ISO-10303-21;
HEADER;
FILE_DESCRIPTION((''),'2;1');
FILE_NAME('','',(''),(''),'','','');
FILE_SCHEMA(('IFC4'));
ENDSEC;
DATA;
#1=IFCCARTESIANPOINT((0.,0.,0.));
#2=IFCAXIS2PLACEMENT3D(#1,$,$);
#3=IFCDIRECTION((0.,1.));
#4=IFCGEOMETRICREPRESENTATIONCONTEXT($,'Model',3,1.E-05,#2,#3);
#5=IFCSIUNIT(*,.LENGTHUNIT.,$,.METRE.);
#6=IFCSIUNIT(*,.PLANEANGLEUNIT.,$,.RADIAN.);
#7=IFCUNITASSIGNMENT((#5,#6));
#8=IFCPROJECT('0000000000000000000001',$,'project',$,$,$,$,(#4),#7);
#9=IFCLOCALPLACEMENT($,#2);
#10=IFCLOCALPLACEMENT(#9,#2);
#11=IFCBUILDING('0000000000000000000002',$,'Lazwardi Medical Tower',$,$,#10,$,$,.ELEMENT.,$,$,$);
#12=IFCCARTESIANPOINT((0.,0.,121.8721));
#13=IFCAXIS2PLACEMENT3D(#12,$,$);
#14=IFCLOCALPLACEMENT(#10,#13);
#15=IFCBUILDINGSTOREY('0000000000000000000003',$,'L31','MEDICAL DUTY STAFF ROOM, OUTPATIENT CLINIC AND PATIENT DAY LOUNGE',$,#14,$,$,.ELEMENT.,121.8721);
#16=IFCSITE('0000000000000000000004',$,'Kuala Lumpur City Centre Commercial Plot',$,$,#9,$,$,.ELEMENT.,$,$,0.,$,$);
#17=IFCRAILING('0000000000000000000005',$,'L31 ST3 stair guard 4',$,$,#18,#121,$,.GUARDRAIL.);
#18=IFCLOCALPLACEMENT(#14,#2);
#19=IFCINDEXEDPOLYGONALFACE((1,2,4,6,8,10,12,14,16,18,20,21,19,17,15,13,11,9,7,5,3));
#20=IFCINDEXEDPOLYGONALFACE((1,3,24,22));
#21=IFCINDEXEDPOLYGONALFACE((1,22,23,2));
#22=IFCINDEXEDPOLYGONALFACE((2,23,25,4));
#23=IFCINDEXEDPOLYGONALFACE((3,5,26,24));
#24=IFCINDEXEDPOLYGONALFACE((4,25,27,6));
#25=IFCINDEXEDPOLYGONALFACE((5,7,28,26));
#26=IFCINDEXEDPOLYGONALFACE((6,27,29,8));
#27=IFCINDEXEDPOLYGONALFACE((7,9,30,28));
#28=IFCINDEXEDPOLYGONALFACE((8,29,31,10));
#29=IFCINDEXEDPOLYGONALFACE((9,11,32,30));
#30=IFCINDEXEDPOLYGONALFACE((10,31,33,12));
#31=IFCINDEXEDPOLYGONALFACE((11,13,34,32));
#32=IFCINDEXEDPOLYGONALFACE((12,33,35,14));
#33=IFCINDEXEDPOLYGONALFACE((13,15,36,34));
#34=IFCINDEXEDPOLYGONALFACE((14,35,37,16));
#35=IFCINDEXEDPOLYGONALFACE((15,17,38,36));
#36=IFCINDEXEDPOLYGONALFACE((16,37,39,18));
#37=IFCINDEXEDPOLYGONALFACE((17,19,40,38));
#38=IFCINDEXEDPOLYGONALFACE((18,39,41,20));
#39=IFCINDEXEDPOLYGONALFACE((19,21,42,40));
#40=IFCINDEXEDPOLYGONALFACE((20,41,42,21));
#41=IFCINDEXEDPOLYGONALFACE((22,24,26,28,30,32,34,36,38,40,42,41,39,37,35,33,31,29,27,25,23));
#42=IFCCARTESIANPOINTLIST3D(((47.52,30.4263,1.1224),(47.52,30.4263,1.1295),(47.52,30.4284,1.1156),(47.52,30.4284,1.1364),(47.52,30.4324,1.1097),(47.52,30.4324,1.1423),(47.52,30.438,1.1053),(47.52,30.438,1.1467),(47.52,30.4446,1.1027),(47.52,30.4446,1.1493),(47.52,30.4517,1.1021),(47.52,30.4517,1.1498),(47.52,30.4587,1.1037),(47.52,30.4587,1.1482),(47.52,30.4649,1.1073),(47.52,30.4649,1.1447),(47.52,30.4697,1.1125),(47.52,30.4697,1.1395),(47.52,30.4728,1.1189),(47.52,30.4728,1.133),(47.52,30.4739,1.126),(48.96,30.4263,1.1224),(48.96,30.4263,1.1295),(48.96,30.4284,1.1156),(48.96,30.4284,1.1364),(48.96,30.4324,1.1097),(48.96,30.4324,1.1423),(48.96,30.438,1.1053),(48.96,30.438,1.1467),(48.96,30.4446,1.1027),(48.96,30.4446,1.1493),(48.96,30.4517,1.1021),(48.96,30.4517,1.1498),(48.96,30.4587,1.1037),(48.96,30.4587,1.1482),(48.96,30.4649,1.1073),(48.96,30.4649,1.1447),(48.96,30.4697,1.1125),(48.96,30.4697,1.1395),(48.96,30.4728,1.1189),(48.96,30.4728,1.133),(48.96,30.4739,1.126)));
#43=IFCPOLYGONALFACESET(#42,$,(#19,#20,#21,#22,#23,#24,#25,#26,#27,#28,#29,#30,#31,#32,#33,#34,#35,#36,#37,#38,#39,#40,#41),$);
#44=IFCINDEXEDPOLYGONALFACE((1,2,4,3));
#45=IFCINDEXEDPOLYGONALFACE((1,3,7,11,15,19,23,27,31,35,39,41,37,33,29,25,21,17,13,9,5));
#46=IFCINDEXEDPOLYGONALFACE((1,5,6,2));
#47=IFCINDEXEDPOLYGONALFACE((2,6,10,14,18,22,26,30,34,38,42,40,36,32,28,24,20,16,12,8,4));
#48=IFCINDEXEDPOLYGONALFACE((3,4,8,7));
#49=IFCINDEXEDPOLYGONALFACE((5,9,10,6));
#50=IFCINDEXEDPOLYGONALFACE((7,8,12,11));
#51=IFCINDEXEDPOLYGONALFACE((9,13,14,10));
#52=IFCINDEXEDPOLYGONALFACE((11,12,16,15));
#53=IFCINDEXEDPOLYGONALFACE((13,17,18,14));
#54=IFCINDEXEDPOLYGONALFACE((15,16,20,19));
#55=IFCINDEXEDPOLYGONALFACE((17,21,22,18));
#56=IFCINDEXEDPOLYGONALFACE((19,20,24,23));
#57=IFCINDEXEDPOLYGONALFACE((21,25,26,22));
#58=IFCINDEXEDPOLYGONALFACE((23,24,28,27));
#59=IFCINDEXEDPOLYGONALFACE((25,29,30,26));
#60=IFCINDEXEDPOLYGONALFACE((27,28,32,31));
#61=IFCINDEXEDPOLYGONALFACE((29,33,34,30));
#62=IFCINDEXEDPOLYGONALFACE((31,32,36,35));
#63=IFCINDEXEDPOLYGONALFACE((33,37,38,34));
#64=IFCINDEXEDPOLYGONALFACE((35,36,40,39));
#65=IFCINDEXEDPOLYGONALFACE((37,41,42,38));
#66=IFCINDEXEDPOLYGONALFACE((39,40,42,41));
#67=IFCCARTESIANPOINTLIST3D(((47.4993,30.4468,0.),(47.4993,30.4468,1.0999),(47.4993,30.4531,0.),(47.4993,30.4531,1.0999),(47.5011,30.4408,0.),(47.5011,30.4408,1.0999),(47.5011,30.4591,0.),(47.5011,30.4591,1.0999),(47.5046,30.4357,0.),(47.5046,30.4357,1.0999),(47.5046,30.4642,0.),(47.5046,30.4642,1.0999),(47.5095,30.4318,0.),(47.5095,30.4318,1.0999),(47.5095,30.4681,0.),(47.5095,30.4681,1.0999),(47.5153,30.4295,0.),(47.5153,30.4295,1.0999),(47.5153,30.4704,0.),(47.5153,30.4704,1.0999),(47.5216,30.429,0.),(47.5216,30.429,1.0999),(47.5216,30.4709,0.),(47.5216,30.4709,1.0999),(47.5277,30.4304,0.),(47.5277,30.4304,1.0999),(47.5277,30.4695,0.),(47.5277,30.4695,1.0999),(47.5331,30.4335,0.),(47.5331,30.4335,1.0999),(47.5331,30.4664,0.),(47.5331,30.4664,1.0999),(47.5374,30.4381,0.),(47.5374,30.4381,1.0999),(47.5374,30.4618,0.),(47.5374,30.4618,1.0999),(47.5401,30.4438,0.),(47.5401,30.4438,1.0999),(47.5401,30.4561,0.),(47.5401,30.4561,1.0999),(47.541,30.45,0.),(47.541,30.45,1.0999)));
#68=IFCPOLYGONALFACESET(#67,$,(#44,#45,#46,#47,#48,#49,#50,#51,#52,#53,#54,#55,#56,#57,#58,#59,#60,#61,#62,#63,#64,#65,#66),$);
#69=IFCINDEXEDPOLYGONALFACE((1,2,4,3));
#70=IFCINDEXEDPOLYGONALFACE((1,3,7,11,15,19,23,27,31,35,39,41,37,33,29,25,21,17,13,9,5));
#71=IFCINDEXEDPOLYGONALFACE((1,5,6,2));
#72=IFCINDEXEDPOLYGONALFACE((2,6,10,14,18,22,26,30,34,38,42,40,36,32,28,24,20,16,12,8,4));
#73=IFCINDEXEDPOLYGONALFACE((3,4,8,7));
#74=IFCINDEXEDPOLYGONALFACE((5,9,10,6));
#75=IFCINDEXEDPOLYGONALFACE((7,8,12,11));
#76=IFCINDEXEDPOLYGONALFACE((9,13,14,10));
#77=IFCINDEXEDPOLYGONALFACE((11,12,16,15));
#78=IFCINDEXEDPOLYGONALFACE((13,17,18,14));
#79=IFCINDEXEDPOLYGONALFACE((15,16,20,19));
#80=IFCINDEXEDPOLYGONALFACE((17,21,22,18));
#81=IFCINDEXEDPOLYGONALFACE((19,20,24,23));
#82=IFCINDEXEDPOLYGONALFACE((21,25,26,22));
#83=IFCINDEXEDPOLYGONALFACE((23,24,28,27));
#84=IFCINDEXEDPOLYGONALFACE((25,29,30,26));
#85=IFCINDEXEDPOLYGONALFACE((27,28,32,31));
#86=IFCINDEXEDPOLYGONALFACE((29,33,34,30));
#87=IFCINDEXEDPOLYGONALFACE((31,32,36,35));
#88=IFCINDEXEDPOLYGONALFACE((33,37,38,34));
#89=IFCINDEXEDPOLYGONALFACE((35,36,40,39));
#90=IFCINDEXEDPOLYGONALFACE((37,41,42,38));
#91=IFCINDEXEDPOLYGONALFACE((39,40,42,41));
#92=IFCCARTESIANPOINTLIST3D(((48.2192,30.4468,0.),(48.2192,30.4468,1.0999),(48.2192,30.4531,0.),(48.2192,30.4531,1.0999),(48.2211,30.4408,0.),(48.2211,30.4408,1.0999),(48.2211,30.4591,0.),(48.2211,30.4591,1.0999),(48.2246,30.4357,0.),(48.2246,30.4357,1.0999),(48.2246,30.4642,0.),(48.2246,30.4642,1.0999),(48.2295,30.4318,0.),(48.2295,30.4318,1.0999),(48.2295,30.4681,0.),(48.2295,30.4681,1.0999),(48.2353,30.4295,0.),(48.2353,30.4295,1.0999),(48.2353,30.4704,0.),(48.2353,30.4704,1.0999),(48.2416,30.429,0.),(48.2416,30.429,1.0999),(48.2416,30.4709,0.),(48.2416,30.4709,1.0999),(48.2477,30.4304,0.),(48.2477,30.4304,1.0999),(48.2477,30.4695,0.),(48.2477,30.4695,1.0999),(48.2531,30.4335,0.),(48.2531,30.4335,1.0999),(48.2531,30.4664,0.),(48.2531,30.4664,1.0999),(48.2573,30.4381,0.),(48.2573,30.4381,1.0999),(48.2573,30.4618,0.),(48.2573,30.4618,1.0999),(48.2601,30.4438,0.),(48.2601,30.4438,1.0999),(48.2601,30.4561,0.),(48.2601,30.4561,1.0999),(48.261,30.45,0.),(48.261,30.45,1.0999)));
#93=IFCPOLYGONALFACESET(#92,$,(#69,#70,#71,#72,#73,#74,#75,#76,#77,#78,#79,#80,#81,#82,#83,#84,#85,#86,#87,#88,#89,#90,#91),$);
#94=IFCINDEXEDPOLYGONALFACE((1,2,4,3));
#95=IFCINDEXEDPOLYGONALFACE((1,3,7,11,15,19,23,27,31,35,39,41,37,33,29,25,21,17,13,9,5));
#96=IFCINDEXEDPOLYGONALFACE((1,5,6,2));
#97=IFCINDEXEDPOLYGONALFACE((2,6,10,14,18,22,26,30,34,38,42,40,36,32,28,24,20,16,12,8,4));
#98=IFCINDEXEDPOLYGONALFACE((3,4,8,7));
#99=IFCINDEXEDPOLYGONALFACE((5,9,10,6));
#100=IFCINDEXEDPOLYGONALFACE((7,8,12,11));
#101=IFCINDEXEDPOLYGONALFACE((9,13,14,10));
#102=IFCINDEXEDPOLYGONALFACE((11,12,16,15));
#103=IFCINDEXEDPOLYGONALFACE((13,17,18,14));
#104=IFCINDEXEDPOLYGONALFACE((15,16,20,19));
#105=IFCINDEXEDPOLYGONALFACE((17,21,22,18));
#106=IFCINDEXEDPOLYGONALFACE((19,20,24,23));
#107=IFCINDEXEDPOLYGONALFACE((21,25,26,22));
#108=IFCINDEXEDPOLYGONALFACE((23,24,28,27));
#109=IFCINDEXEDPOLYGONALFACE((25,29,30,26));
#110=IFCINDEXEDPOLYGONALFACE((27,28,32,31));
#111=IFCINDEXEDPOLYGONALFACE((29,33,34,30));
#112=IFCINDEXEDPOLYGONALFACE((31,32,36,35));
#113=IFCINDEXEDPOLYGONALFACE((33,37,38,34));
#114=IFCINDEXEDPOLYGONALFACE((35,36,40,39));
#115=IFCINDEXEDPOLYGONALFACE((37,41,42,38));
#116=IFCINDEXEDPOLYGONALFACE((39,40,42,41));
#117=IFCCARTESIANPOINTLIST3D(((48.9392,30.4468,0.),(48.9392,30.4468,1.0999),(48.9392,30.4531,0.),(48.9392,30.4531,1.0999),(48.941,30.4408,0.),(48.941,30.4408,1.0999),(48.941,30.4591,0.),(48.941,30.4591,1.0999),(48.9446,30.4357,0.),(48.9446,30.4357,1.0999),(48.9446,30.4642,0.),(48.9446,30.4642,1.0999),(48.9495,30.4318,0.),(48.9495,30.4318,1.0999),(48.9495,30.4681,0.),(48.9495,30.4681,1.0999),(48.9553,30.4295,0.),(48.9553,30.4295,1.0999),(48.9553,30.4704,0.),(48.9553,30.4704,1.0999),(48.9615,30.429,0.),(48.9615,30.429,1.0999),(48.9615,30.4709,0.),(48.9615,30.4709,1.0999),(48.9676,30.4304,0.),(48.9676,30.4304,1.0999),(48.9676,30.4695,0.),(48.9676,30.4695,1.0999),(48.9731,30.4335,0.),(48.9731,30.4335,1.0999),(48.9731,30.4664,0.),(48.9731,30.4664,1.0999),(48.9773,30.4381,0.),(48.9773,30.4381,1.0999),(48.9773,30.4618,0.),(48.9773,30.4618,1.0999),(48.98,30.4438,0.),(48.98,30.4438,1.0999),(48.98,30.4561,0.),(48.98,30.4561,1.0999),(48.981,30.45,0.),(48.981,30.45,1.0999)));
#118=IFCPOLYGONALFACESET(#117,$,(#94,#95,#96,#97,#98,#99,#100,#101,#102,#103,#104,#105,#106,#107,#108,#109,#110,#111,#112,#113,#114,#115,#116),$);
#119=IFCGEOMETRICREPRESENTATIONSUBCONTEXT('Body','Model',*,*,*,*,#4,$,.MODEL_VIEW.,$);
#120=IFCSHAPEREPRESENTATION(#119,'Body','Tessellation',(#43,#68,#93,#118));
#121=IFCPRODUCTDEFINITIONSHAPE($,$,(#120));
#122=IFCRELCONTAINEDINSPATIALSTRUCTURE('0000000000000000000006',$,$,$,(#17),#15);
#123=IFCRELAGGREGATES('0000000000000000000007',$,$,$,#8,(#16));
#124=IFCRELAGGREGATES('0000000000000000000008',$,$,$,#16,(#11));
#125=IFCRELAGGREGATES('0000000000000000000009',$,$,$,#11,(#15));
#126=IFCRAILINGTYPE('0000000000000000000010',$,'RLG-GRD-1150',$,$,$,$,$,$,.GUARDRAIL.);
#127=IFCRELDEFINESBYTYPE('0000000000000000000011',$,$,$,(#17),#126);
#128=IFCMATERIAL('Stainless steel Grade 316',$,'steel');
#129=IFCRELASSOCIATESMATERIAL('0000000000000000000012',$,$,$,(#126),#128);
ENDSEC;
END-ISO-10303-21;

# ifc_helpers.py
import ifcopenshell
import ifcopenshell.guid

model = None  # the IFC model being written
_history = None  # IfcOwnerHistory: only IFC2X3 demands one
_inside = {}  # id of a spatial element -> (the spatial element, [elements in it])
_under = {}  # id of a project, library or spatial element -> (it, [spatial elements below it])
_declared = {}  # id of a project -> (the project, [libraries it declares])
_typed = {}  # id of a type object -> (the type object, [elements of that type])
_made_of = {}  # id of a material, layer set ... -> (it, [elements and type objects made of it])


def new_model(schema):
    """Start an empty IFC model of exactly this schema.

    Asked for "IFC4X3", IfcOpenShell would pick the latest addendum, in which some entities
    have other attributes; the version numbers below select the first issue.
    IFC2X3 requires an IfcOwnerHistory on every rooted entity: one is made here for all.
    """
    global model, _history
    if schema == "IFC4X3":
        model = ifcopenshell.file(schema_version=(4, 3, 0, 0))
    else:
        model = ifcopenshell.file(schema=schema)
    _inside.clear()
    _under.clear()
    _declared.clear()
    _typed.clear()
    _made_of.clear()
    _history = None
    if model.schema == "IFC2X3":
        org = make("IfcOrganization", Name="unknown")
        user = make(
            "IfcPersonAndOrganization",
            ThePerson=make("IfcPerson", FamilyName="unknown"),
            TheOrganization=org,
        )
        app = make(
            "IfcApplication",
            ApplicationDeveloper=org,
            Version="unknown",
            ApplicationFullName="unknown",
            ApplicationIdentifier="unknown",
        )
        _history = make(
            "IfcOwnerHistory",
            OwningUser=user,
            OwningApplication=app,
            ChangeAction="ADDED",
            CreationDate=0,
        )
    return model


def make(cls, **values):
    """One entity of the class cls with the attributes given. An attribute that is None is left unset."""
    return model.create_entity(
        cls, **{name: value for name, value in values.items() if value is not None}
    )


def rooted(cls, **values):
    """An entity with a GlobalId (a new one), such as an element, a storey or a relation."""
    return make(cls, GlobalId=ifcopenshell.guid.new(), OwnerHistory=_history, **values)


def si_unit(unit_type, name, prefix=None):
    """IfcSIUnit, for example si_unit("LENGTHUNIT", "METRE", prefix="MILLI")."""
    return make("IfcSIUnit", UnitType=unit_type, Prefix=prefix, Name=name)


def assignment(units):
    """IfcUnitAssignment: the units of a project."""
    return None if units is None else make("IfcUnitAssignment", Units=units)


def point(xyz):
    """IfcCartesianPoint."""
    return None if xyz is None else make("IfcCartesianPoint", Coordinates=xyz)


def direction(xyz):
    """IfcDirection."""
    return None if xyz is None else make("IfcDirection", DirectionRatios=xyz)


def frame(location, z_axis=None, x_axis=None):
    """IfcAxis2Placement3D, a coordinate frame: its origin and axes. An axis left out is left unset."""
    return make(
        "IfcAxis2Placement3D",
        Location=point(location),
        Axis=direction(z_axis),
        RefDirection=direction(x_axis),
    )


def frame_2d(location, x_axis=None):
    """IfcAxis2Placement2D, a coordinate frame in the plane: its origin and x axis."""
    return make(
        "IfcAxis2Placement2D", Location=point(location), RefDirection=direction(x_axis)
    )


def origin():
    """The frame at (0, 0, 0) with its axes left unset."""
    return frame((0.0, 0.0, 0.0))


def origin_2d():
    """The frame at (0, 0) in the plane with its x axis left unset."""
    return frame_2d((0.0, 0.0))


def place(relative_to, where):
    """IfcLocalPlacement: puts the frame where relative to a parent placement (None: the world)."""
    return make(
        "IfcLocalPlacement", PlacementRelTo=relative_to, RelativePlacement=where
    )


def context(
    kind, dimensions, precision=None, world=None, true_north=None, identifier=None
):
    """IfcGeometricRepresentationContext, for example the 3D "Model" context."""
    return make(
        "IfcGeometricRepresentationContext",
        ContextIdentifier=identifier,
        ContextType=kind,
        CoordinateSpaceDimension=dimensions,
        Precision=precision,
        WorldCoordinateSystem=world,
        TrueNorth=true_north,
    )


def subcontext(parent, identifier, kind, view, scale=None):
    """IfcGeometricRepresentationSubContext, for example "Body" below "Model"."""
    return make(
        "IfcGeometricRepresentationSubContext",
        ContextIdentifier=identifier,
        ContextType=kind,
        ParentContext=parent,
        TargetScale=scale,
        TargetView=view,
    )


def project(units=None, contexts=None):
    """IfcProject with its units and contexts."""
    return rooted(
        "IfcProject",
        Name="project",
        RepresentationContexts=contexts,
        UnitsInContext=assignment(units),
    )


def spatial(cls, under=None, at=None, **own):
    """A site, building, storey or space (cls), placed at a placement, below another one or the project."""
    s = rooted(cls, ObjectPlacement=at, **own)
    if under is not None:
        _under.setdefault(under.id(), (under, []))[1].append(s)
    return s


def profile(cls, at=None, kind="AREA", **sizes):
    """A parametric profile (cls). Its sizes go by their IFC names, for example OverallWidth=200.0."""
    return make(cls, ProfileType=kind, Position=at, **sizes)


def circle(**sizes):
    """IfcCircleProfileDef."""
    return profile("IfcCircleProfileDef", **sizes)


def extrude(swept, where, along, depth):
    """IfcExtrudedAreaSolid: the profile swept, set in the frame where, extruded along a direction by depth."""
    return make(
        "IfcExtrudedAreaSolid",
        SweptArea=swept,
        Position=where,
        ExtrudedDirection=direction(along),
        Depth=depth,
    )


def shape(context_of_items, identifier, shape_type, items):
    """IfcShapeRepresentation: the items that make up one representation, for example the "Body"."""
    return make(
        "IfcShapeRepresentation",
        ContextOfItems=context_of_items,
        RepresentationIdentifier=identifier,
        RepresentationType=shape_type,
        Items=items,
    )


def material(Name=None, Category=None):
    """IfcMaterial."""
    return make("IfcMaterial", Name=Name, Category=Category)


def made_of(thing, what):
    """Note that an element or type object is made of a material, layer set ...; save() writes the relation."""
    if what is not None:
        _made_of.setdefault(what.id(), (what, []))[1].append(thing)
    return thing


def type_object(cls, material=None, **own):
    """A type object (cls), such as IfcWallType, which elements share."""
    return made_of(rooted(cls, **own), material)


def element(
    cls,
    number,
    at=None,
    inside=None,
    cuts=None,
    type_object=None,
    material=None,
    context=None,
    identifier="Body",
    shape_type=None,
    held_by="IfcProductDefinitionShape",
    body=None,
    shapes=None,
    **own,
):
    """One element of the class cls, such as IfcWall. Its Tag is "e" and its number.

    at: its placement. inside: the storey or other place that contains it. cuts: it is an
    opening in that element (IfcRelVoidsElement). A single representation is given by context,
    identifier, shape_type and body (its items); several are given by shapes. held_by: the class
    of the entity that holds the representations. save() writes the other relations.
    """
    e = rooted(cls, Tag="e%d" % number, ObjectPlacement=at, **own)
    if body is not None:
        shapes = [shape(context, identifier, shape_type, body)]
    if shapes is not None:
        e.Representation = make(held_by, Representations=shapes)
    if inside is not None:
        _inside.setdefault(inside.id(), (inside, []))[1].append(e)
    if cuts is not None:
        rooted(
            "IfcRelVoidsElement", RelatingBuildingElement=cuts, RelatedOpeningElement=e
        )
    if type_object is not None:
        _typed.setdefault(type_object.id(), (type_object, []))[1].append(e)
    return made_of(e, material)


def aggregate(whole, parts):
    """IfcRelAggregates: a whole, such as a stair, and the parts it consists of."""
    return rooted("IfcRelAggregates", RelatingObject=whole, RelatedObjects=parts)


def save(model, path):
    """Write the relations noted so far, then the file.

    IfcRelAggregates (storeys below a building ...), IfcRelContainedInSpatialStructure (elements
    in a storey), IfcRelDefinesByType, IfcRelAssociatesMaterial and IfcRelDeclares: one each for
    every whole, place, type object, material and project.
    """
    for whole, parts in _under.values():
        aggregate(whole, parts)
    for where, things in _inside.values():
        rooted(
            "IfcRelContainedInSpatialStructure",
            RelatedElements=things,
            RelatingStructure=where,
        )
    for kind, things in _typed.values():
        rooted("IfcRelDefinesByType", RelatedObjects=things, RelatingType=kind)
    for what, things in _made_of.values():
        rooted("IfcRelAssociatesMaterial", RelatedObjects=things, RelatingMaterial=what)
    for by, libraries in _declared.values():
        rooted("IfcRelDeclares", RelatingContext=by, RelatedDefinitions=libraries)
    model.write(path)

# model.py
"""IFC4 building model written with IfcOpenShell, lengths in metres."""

from ifc_helpers import new_model, si_unit, direction, frame, origin, origin_2d, place, context, subcontext, project, spatial, circle, extrude, material, type_object, element, save


model = new_model("IFC4")

# Units and contexts
model_context = context("Model", 3, precision=1e-05, world=origin(), true_north=direction((0.0, 1.0)))
body_context = subcontext(model_context, "Body", "Model", "MODEL_VIEW")
ifc_project = project(units=[si_unit("LENGTHUNIT", "METRE"), si_unit("PLANEANGLEUNIT", "RADIAN")], contexts=[model_context])

# Site, building, storey
site_placement = place(None, origin())
site = spatial("IfcSite", under=ifc_project, at=site_placement, Name="Kuala Lumpur City Centre Commercial Plot", CompositionType="ELEMENT", RefElevation=0.0)
building_placement = place(site_placement, origin())
building = spatial("IfcBuilding", under=site, at=building_placement, Name="Lazwardi Medical Tower", CompositionType="ELEMENT")
storey_placement = place(building_placement, frame((0.0, 0.0, 121.8721)))
storey = spatial("IfcBuildingStorey", under=building, at=storey_placement, Name="L31", Description="MEDICAL DUTY STAFF ROOM, OUTPATIENT CLINIC AND PATIENT DAY LOUNGE", CompositionType="ELEMENT", Elevation=121.8721)

# Railing
ifc_material_1 = material(Name="Stainless steel Grade 316", Category="steel")
railing_type_1 = type_object("IfcRailingType", Name="RLG-GRD-1150", PredefinedType="GUARDRAIL", material=ifc_material_1)
railing_1_placement = place(storey_placement, frame((47.52, 30.45, 0.0)))
element("IfcRailing", 1, at=railing_1_placement, inside=storey, type_object=railing_type_1, Name="L31 ST3 stair guard 4", PredefinedType="GUARDRAIL", context=body_context, shape_type="SweptSolid", body=[
    extrude(circle(Radius=0.0239, at=origin_2d()), frame((0.0, 0.0, 1.126), z_axis=(1.0, 0.0, 0.0), x_axis=(0.0, 1.0, 0.0)), (0.0, 0.0, 1.0), 1.4399),
    extrude(circle(Radius=0.021, at=origin_2d()), origin(), (0.0, 0.0, 1.0), 1.0999),
    extrude(circle(Radius=0.021, at=origin_2d()), frame((0.72, 0.0, 0.0)), (0.0, 0.0, 1.0), 1.0999),
    extrude(circle(Radius=0.021, at=origin_2d()), frame((1.4399, 0.0, 0.0)), (0.0, 0.0, 1.0), 1.0999),
])

save(model, "model.ifc")
